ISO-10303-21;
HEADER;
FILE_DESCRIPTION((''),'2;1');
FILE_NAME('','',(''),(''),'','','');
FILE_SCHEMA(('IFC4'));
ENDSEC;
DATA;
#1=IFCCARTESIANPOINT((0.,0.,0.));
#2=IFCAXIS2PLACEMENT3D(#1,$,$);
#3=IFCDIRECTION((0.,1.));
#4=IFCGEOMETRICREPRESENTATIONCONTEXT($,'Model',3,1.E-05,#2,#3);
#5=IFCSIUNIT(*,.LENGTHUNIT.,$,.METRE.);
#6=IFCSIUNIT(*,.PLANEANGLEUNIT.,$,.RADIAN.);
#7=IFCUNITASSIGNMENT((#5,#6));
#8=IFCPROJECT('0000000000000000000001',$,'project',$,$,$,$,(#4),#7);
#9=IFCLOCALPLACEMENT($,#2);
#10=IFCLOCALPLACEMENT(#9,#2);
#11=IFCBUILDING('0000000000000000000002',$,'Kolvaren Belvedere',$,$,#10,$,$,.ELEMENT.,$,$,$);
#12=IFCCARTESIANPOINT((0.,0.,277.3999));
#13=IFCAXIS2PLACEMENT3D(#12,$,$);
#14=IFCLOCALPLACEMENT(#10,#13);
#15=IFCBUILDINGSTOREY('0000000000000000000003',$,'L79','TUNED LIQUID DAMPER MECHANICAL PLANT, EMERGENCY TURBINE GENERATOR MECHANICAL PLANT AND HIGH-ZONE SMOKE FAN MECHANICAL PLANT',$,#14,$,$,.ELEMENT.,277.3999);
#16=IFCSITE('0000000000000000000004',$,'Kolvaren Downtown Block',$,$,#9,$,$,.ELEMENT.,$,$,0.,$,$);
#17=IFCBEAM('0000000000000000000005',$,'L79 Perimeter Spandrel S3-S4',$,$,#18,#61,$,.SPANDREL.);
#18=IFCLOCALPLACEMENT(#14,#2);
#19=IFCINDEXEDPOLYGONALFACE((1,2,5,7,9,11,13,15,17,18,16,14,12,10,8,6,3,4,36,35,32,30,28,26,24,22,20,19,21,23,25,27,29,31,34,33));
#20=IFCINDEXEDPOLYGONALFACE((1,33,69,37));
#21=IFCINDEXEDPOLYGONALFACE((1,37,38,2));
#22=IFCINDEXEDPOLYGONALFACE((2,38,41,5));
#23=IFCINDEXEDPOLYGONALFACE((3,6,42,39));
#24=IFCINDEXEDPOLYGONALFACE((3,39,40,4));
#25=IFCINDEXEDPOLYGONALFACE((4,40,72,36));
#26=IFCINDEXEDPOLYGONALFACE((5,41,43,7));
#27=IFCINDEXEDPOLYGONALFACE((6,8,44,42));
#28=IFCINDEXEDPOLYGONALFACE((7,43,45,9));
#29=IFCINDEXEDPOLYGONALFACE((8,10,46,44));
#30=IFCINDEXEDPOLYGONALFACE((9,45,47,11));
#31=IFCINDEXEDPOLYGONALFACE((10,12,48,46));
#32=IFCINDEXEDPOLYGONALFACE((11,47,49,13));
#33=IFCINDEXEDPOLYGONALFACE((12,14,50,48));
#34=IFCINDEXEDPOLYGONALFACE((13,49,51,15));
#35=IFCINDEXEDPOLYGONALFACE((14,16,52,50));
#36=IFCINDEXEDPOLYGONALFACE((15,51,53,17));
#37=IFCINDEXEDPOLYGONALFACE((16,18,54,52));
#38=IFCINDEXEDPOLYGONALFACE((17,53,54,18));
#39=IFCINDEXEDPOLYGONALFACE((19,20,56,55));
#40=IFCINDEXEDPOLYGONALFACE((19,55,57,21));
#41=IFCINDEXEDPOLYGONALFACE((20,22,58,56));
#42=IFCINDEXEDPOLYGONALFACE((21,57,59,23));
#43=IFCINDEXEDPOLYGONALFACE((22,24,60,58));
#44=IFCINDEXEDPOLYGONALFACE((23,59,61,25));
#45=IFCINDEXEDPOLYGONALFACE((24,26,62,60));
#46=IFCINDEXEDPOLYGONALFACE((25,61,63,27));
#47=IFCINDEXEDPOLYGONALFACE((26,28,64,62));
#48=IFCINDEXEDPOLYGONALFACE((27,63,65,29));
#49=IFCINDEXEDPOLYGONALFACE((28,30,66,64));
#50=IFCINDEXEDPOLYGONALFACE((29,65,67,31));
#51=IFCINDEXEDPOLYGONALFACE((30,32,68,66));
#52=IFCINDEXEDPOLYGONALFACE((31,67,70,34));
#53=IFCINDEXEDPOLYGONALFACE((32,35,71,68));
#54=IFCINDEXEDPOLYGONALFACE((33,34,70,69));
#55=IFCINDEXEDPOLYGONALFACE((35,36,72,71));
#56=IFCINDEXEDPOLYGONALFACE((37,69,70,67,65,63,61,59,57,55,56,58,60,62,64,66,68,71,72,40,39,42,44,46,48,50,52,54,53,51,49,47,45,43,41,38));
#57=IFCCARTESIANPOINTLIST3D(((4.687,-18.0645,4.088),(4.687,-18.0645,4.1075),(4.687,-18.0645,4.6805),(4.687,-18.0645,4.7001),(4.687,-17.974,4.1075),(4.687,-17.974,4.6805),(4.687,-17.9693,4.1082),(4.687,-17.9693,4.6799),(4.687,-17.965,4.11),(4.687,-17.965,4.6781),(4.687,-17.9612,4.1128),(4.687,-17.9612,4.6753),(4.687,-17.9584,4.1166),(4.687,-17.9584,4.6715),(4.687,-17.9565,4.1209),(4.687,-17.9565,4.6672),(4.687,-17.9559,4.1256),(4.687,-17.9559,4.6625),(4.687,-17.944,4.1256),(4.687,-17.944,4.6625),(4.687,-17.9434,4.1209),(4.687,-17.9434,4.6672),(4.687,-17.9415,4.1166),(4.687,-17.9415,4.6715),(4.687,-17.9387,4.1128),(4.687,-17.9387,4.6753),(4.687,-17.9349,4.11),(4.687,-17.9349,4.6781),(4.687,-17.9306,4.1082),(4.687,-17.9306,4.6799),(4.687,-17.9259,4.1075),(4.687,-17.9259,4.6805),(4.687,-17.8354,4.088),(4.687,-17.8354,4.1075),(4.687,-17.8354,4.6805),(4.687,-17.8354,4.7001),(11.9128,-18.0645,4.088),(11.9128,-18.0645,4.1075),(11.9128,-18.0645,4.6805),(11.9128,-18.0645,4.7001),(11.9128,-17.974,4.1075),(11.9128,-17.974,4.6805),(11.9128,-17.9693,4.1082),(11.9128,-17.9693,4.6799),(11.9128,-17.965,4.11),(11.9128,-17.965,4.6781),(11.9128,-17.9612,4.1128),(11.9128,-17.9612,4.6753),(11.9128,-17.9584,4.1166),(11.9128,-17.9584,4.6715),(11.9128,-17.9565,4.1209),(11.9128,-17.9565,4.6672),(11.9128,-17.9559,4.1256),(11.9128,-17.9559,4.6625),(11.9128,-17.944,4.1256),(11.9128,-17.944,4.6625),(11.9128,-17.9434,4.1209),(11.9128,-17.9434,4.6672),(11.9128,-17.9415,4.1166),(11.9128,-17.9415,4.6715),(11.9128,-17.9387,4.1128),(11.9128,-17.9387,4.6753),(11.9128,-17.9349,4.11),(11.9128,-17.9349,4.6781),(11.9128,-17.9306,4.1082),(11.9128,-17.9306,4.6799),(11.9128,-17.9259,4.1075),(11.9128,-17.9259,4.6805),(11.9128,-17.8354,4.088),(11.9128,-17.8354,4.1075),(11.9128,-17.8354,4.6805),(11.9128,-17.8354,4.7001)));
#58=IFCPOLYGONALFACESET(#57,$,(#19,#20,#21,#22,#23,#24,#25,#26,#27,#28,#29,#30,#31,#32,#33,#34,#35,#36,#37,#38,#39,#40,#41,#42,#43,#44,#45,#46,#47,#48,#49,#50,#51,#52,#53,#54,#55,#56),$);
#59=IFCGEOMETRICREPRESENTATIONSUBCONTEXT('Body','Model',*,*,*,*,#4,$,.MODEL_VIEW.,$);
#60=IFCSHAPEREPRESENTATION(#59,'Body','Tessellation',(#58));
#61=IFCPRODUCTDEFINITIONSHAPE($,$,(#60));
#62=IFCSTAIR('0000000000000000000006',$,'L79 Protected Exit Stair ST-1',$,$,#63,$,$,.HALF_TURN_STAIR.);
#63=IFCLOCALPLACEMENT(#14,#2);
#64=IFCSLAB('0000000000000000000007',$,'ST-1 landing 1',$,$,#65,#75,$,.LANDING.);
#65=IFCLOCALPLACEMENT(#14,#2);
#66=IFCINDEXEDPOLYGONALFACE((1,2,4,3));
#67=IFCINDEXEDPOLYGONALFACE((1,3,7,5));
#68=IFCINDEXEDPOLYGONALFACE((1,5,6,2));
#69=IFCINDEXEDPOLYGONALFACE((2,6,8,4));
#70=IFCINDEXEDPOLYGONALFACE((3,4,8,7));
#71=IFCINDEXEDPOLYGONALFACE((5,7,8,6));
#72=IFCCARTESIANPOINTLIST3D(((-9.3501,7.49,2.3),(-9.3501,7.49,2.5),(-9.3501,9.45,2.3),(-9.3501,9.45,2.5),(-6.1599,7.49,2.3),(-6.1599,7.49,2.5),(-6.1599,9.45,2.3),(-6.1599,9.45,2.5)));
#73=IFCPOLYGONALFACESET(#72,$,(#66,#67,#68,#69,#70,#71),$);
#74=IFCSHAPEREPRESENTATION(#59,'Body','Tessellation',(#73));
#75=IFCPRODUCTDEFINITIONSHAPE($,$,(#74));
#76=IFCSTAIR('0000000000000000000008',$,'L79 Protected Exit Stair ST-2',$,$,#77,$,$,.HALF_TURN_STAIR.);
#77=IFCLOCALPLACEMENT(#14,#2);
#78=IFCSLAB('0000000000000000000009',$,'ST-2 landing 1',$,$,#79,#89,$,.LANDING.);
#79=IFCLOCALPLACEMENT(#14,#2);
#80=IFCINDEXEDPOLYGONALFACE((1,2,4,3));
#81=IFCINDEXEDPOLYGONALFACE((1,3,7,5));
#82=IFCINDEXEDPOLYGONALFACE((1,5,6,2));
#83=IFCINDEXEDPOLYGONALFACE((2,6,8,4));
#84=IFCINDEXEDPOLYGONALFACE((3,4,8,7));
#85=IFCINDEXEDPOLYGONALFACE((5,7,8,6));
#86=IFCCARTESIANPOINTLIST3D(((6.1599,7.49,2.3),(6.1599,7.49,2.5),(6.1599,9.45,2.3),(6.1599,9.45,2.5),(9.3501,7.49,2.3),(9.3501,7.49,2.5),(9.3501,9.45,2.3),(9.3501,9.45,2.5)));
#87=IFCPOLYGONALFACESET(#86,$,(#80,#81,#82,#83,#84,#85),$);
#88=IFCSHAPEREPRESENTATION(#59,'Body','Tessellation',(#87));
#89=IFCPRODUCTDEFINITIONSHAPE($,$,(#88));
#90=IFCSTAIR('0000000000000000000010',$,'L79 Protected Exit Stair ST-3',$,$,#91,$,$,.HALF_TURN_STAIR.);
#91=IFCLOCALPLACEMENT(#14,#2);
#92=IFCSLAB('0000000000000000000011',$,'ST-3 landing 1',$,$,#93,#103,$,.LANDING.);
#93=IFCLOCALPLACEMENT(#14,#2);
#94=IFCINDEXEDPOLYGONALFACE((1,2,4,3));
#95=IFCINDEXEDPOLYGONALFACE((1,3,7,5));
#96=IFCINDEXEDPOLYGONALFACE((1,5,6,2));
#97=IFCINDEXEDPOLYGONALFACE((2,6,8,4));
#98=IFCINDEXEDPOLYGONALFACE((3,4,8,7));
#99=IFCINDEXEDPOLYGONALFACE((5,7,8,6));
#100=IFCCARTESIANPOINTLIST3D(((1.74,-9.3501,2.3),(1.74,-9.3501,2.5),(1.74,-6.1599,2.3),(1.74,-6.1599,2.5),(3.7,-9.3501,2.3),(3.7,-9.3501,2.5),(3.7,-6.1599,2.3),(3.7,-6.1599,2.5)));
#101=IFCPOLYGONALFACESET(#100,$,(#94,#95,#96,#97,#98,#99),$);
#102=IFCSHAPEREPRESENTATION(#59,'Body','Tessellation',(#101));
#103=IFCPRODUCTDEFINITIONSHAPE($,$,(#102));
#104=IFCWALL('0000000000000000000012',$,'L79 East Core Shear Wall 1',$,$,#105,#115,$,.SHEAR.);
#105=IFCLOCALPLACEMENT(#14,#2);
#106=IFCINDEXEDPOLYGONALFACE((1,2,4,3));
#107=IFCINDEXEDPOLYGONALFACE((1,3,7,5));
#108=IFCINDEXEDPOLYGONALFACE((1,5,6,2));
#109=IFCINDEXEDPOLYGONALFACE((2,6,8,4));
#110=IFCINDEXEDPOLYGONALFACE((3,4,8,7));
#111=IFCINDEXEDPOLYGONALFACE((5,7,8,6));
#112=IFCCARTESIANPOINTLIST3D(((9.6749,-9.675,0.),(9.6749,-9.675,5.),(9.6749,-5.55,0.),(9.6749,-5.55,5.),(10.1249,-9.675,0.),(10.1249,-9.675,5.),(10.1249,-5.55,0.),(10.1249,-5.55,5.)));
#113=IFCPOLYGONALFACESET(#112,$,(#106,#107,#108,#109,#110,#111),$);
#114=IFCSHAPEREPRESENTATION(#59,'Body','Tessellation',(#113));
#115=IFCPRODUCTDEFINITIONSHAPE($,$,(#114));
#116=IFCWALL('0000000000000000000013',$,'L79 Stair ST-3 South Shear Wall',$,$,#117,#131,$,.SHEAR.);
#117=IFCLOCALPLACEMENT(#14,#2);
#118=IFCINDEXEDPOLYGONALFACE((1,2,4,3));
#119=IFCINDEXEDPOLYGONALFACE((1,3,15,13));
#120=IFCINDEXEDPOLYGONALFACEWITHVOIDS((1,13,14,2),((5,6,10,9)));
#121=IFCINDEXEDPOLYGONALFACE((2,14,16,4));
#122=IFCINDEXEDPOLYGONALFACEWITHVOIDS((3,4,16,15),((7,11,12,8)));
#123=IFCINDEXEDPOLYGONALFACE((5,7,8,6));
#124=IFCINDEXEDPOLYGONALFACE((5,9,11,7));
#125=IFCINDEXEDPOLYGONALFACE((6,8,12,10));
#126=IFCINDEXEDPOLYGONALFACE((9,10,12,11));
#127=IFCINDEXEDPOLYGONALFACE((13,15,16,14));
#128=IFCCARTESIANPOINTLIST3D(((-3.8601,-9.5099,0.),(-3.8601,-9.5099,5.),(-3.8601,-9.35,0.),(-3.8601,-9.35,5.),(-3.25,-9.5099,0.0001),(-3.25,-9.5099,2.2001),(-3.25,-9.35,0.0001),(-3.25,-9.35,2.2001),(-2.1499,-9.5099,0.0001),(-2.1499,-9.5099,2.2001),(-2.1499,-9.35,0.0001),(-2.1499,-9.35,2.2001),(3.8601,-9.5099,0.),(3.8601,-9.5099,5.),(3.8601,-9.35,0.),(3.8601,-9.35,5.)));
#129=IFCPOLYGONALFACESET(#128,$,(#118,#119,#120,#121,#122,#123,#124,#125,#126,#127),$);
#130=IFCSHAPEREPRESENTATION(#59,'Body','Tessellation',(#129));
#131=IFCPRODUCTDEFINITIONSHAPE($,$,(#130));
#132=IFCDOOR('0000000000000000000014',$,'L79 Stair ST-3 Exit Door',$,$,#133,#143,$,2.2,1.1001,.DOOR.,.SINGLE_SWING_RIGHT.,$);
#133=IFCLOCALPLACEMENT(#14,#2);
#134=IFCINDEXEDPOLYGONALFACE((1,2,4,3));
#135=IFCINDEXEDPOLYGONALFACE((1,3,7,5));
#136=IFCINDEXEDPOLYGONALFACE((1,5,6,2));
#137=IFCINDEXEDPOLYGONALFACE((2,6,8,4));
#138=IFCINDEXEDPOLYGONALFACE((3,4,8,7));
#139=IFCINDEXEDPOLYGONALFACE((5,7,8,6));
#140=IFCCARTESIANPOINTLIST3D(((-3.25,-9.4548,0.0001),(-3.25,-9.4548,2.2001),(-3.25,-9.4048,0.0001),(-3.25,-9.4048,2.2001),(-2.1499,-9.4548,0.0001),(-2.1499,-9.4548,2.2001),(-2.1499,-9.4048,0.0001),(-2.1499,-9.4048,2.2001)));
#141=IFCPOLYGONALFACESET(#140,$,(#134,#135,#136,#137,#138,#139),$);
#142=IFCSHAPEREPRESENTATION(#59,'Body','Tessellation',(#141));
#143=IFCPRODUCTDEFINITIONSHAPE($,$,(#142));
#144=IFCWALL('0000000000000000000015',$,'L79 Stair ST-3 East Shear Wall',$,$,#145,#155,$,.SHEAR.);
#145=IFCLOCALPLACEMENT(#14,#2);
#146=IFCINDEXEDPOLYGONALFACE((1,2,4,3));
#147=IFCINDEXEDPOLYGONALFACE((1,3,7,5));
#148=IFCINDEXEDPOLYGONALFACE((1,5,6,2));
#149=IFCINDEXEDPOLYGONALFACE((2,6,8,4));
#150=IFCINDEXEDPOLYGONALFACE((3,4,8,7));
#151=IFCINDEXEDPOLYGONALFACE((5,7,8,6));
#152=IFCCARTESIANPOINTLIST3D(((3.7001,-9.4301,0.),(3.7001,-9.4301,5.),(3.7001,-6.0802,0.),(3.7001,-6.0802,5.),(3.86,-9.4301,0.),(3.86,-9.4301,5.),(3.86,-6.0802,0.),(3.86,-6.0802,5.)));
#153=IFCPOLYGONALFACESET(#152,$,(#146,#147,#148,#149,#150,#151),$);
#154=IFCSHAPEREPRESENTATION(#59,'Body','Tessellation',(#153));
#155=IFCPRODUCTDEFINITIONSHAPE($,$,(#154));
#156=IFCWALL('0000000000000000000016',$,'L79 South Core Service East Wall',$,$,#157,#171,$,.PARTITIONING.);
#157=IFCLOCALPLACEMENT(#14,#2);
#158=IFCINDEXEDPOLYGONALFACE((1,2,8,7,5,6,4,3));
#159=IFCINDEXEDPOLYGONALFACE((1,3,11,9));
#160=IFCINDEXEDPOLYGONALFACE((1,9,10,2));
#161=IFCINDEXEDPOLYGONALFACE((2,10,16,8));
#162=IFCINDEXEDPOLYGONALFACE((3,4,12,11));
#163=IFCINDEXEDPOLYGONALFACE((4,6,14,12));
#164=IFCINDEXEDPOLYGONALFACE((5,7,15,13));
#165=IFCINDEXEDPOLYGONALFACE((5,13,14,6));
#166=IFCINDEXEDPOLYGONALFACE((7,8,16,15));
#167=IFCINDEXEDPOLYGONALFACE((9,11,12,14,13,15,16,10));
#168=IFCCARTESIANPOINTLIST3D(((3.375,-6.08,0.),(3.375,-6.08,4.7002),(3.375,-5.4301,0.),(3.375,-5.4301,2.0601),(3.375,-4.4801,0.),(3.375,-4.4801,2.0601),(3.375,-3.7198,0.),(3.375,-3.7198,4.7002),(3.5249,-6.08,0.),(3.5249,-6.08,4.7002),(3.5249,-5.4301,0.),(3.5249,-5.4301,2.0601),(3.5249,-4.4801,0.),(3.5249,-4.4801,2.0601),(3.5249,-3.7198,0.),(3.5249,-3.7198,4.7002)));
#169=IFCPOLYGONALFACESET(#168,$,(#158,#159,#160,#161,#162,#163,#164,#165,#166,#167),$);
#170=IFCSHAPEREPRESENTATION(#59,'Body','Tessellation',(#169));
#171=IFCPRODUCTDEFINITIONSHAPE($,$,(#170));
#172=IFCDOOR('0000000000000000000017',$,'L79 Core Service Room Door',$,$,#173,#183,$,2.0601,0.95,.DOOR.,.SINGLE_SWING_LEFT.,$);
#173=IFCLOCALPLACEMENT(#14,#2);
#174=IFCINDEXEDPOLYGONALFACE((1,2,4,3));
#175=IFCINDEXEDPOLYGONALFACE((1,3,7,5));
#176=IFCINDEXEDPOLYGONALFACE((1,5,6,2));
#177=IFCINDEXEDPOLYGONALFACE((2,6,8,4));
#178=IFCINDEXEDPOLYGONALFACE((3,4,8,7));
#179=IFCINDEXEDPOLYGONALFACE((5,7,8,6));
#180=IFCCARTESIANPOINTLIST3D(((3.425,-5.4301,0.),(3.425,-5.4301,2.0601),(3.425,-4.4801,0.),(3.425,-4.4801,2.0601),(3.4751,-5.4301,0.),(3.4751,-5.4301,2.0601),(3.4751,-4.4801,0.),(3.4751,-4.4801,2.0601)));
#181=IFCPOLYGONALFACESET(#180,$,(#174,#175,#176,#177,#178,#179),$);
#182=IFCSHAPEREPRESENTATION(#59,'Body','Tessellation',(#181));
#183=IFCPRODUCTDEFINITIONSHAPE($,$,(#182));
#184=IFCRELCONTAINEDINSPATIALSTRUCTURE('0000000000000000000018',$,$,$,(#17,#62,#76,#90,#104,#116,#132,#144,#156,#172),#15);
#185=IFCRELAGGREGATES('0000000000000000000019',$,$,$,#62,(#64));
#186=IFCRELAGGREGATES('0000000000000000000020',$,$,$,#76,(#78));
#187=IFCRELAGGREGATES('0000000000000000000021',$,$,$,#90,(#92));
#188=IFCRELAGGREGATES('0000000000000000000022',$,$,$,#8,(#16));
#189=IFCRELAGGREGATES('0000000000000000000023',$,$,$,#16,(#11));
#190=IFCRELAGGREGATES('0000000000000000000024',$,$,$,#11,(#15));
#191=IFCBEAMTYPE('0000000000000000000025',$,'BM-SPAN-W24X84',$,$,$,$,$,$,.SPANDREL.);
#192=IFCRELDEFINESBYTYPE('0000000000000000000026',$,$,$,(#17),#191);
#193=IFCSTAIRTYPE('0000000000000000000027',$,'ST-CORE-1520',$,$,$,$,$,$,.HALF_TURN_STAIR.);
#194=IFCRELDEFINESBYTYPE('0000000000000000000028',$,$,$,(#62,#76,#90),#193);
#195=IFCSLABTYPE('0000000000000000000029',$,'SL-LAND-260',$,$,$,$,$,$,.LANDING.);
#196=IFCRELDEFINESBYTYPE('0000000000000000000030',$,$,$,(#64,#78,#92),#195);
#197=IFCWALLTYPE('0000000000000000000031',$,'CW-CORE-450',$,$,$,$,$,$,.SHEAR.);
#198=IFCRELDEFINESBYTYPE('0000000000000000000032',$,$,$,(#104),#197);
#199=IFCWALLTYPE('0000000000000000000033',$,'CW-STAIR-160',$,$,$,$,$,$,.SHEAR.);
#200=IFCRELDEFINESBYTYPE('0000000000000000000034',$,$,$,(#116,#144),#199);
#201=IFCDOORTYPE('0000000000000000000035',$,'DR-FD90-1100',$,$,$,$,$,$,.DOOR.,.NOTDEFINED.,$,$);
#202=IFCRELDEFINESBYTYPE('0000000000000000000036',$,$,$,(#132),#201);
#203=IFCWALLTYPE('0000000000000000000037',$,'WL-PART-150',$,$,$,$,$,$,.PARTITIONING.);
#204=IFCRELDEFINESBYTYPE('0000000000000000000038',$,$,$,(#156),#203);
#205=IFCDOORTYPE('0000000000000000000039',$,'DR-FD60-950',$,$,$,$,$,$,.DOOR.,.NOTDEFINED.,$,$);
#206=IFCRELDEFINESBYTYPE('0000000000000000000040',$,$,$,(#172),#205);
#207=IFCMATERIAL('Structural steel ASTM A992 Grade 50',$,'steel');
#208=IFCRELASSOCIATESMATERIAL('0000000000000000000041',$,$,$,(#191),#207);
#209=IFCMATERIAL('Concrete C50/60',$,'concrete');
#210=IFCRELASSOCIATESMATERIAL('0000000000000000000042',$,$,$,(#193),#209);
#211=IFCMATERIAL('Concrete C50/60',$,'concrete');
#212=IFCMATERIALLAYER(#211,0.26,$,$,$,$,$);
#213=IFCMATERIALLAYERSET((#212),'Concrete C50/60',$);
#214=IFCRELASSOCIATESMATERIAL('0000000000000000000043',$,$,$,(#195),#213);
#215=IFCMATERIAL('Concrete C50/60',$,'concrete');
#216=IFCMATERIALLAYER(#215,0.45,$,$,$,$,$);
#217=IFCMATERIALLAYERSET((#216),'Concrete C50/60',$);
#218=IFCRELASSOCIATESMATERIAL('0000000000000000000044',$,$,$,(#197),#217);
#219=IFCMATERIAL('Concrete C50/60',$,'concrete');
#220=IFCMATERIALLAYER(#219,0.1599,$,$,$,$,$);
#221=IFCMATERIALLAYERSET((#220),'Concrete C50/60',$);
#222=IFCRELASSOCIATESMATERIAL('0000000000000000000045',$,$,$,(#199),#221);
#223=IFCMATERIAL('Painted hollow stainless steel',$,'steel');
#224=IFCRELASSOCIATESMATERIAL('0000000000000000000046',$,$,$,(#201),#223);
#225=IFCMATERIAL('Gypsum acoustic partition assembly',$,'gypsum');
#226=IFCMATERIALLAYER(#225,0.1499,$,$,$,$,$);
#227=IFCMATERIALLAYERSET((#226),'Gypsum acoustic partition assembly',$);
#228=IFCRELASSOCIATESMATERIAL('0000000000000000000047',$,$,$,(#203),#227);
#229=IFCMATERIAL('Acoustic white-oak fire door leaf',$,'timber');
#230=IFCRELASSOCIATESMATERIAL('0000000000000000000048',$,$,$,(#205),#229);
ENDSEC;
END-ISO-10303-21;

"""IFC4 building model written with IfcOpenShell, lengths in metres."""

from ifc_helpers import new_model, si_unit, direction, frame, frame_2d, origin, origin_2d, place, context, subcontext, project, spatial, polyline, rectangle, i_section, outline, extrude, material, layer, layer_set, material_profile, profile_set, type_object, element, fill, aggregate, save


model = new_model("IFC4")

# Units and contexts
model_context = context("Model", 3, precision=1e-05, world=origin(), true_north=direction((0.0, 1.0)))
body_context = subcontext(model_context, "Body", "Model", "MODEL_VIEW")
ifc_project = project(units=[si_unit("LENGTHUNIT", "METRE"), si_unit("PLANEANGLEUNIT", "RADIAN")], contexts=[model_context])

# Site, building, storey
site_placement = place(None, origin())
site = spatial("IfcSite", under=ifc_project, at=site_placement, Name="Kolvaren Downtown Block", CompositionType="ELEMENT", RefElevation=0.0)
building_placement = place(site_placement, origin())
building = spatial("IfcBuilding", under=site, at=building_placement, Name="Kolvaren Belvedere", CompositionType="ELEMENT")
storey_placement = place(building_placement, frame((0.0, 0.0, 277.3999)))
storey = spatial("IfcBuildingStorey", under=building, at=storey_placement, Name="L79", Description="TUNED LIQUID DAMPER MECHANICAL PLANT, EMERGENCY TURBINE GENERATOR MECHANICAL PLANT AND HIGH-ZONE SMOKE FAN MECHANICAL PLANT", CompositionType="ELEMENT", Elevation=277.3999)

# Beam
ifc_material_1 = material(Name="Structural steel ASTM A992 Grade 50", Category="steel")
ifc_material_profile_1 = material_profile(ifc_material_1, i_section(OverallWidth=0.229, OverallDepth=0.6121, WebThickness=0.012, FlangeThickness=0.0195, FilletRadius=0.0181, at=origin_2d()), Name="W24X84")
ifc_profile_set_1 = profile_set([ifc_material_profile_1], Name="Structural steel ASTM A992 Grade 50")
beam_type_1 = type_object("IfcBeamType", Name="BM-SPAN-W24X84", PredefinedType="SPANDREL", material=ifc_profile_set_1)
beam_1_placement = place(storey_placement, frame((4.687, -17.95, 4.394), z_axis=(1.0, 0.0, 0.0), x_axis=(0.0, 1.0, 0.0)))
element("IfcBeam", 1, at=beam_1_placement, inside=storey, type_object=beam_type_1, Name="L79 Perimeter Spandrel S3-S4", PredefinedType="SPANDREL", context=body_context, shape_type="SweptSolid", body=[
    extrude(i_section(OverallWidth=0.229, OverallDepth=0.6121, WebThickness=0.012, FlangeThickness=0.0195, FilletRadius=0.0181, at=origin_2d()), origin(), (0.0, 0.0, 1.0), 7.2258),
])

# Stairs, slabs
ifc_material_2 = material(Name="Concrete C50/60", Category="concrete")
stair_type = type_object("IfcStairType", Name="ST-CORE-1520", PredefinedType="HALF_TURN_STAIR", material=ifc_material_2)
stair_1_placement = place(storey_placement, origin())
stair_1 = element("IfcStair", 2, at=stair_1_placement, inside=storey, type_object=stair_type, Name="L79 Protected Exit Stair ST-1", PredefinedType="HALF_TURN_STAIR")
ifc_material_3 = material(Name="Concrete C50/60", Category="concrete")
ifc_layer_1 = layer(ifc_material_3, 0.26)
ifc_layer_set_1 = layer_set([ifc_layer_1], Name="Concrete C50/60")
slab_type = type_object("IfcSlabType", Name="SL-LAND-260", PredefinedType="LANDING", material=ifc_layer_set_1)
slab_1_placement = place(storey_placement, frame((0.0, 0.0, 2.3)))
slab_1 = element("IfcSlab", 3, at=slab_1_placement, type_object=slab_type, Name="ST-1 landing 1", PredefinedType="LANDING", context=body_context, shape_type="SweptSolid", body=[
    extrude(outline(polyline([(-6.1599, 7.49), (-6.1599, 9.45), (-9.3501, 9.45), (-9.3501, 7.49), (-6.1599, 7.49)])), origin(), (0.0, 0.0, 1.0), 0.2),
])
aggregate(stair_1, [slab_1])
stair_2_placement = place(storey_placement, origin())
stair_2 = element("IfcStair", 4, at=stair_2_placement, inside=storey, type_object=stair_type, Name="L79 Protected Exit Stair ST-2", PredefinedType="HALF_TURN_STAIR")
slab_2_placement = place(storey_placement, frame((0.0, 0.0, 2.3)))
slab_2 = element("IfcSlab", 5, at=slab_2_placement, type_object=slab_type, Name="ST-2 landing 1", PredefinedType="LANDING", context=body_context, shape_type="SweptSolid", body=[
    extrude(outline(polyline([(9.3501, 7.49), (9.3501, 9.45), (6.1599, 9.45), (6.1599, 7.49), (9.3501, 7.49)])), origin(), (0.0, 0.0, 1.0), 0.2),
])
aggregate(stair_2, [slab_2])
stair_3_placement = place(storey_placement, origin())
stair_3 = element("IfcStair", 6, at=stair_3_placement, inside=storey, type_object=stair_type, Name="L79 Protected Exit Stair ST-3", PredefinedType="HALF_TURN_STAIR")
slab_3_placement = place(storey_placement, frame((0.0, 0.0, 2.3)))
slab_3 = element("IfcSlab", 7, at=slab_3_placement, type_object=slab_type, Name="ST-3 landing 1", PredefinedType="LANDING", context=body_context, shape_type="SweptSolid", body=[
    extrude(outline(polyline([(1.74, -9.3501), (3.7, -9.3501), (3.7, -6.1599), (1.74, -6.1599), (1.74, -9.3501)])), origin(), (0.0, 0.0, 1.0), 0.2),
])

# Wall
ifc_material_4 = material(Name="Concrete C50/60", Category="concrete")
ifc_layer_2 = layer(ifc_material_4, 0.45)
ifc_layer_set_2 = layer_set([ifc_layer_2], Name="Concrete C50/60")
wall_type_1 = type_object("IfcWallType", Name="CW-CORE-450", PredefinedType="SHEAR", material=ifc_layer_set_2)
wall_1_placement = place(storey_placement, frame((9.8999, -9.675, 0.0), z_axis=(0.0, 0.0, 1.0), x_axis=(0.0, 1.0, 0.0)))
element("IfcWall", 8, at=wall_1_placement, inside=storey, type_object=wall_type_1, Name="L79 East Core Shear Wall 1", PredefinedType="SHEAR", context=body_context, shape_type="SweptSolid", body=[
    extrude(rectangle(XDim=4.125, YDim=0.45, at=frame_2d((2.0625, 0.0))), origin(), (0.0, 0.0, 1.0), 5.0),
])

# Wall, opening, door
ifc_material_5 = material(Name="Concrete C50/60", Category="concrete")
ifc_layer_3 = layer(ifc_material_5, 0.1599)
ifc_layer_set_3 = layer_set([ifc_layer_3], Name="Concrete C50/60")
wall_type_2 = type_object("IfcWallType", Name="CW-STAIR-160", PredefinedType="SHEAR", material=ifc_layer_set_3)
wall_2_placement = place(storey_placement, frame((3.8601, -9.4299, 0.0), z_axis=(0.0, 0.0, 1.0), x_axis=(-1.0, 0.0, 0.0)))
wall_2 = element("IfcWall", 9, at=wall_2_placement, inside=storey, type_object=wall_type_2, Name="L79 Stair ST-3 South Shear Wall", PredefinedType="SHEAR", context=body_context, shape_type="SweptSolid", body=[
    extrude(rectangle(XDim=7.7202, YDim=0.1599, at=frame_2d((3.8601, 0.0))), origin(), (0.0, 0.0, 1.0), 5.0),
])
opening_1_placement = place(wall_2_placement, frame((6.01, 0.0, 0.0)))
opening_1 = element("IfcOpeningElement", 10, at=opening_1_placement, cuts=wall_2, PredefinedType="OPENING", context=body_context, shape_type="SweptSolid", body=[
    extrude(rectangle(XDim=1.1001, YDim=2.2, at=frame_2d((0.55, 1.1001))), frame((0.0, 0.0898, 0.0), z_axis=(0.0, -1.0, 0.0), x_axis=(1.0, 0.0, 0.0)), (0.0, 0.0, 1.0), 0.1799),
])
ifc_material_6 = material(Name="Painted hollow stainless steel", Category="steel")
door_type_1 = type_object("IfcDoorType", Name="DR-FD90-1100", OperationType="NOTDEFINED", PredefinedType="DOOR", material=ifc_material_6)
door_1_placement = place(opening_1_placement, origin())
door_1 = element("IfcDoor", 11, at=door_1_placement, inside=storey, type_object=door_type_1, Name="L79 Stair ST-3 Exit Door", OperationType="SINGLE_SWING_RIGHT", OverallHeight=2.2, OverallWidth=1.1001, PredefinedType="DOOR", context=body_context, shape_type="SweptSolid", body=[
    extrude(rectangle(XDim=1.1001, YDim=2.2, at=frame_2d((0.55, 1.1001))), frame((0.0, 0.0249, 0.0), z_axis=(0.0, -1.0, 0.0), x_axis=(1.0, 0.0, 0.0)), (0.0, 0.0, 1.0), 0.05),
])
fill(opening_1, door_1)

# Wall
wall_3_placement = place(storey_placement, frame((3.78, -9.4299, 0.0), z_axis=(0.0, 0.0, 1.0), x_axis=(0.0, 1.0, 0.0)))
element("IfcWall", 12, at=wall_3_placement, inside=storey, type_object=wall_type_2, Name="L79 Stair ST-3 East Shear Wall", PredefinedType="SHEAR", context=body_context, shape_type="SweptSolid", body=[
    extrude(rectangle(XDim=3.3499, YDim=0.1599, at=frame_2d((1.6748, 0.0))), origin(), (0.0, 0.0, 1.0), 5.0),
])

# Wall, opening, door
ifc_material_7 = material(Name="Gypsum acoustic partition assembly", Category="gypsum")
ifc_layer_4 = layer(ifc_material_7, 0.1499)
ifc_layer_set_4 = layer_set([ifc_layer_4], Name="Gypsum acoustic partition assembly")
wall_type_3 = type_object("IfcWallType", Name="WL-PART-150", PredefinedType="PARTITIONING", material=ifc_layer_set_4)
wall_4_placement = place(storey_placement, frame((3.45, -6.0801, 0.0), z_axis=(0.0, 0.0, 1.0), x_axis=(0.0, 1.0, 0.0)))
wall_4 = element("IfcWall", 13, at=wall_4_placement, inside=storey, type_object=wall_type_3, Name="L79 South Core Service East Wall", PredefinedType="PARTITIONING", context=body_context, shape_type="SweptSolid", body=[
    extrude(rectangle(XDim=2.3601, YDim=0.1499, at=frame_2d((1.1802, 0.0))), origin(), (0.0, 0.0, 1.0), 4.7002),
])
opening_2_placement = place(wall_4_placement, frame((0.6499, 0.0, 0.0)))
opening_2 = element("IfcOpeningElement", 14, at=opening_2_placement, cuts=wall_4, PredefinedType="OPENING", context=body_context, shape_type="SweptSolid", body=[
    extrude(rectangle(XDim=0.95, YDim=2.0601, at=frame_2d((0.4751, 1.03))), frame((0.0, 0.085, 0.0), z_axis=(0.0, -1.0, 0.0), x_axis=(1.0, 0.0, 0.0)), (0.0, 0.0, 1.0), 0.1699),
])
ifc_material_8 = material(Name="Acoustic white-oak fire door leaf", Category="timber")
door_type_2 = type_object("IfcDoorType", Name="DR-FD60-950", OperationType="NOTDEFINED", PredefinedType="DOOR", material=ifc_material_8)
door_2_placement = place(opening_2_placement, origin())
door_2 = element("IfcDoor", 15, at=door_2_placement, inside=storey, type_object=door_type_2, Name="L79 Core Service Room Door", OperationType="SINGLE_SWING_LEFT", OverallHeight=2.0601, OverallWidth=0.95, PredefinedType="DOOR", context=body_context, shape_type="SweptSolid", body=[
    extrude(rectangle(XDim=0.95, YDim=2.0601, at=frame_2d((0.4751, 1.03))), frame((0.0, 0.0249, 0.0), z_axis=(0.0, -1.0, 0.0), x_axis=(1.0, 0.0, 0.0)), (0.0, 0.0, 1.0), 0.05),
])
fill(opening_2, door_2)

aggregate(stair_3, [slab_3])

save(model, "model.ifc")
